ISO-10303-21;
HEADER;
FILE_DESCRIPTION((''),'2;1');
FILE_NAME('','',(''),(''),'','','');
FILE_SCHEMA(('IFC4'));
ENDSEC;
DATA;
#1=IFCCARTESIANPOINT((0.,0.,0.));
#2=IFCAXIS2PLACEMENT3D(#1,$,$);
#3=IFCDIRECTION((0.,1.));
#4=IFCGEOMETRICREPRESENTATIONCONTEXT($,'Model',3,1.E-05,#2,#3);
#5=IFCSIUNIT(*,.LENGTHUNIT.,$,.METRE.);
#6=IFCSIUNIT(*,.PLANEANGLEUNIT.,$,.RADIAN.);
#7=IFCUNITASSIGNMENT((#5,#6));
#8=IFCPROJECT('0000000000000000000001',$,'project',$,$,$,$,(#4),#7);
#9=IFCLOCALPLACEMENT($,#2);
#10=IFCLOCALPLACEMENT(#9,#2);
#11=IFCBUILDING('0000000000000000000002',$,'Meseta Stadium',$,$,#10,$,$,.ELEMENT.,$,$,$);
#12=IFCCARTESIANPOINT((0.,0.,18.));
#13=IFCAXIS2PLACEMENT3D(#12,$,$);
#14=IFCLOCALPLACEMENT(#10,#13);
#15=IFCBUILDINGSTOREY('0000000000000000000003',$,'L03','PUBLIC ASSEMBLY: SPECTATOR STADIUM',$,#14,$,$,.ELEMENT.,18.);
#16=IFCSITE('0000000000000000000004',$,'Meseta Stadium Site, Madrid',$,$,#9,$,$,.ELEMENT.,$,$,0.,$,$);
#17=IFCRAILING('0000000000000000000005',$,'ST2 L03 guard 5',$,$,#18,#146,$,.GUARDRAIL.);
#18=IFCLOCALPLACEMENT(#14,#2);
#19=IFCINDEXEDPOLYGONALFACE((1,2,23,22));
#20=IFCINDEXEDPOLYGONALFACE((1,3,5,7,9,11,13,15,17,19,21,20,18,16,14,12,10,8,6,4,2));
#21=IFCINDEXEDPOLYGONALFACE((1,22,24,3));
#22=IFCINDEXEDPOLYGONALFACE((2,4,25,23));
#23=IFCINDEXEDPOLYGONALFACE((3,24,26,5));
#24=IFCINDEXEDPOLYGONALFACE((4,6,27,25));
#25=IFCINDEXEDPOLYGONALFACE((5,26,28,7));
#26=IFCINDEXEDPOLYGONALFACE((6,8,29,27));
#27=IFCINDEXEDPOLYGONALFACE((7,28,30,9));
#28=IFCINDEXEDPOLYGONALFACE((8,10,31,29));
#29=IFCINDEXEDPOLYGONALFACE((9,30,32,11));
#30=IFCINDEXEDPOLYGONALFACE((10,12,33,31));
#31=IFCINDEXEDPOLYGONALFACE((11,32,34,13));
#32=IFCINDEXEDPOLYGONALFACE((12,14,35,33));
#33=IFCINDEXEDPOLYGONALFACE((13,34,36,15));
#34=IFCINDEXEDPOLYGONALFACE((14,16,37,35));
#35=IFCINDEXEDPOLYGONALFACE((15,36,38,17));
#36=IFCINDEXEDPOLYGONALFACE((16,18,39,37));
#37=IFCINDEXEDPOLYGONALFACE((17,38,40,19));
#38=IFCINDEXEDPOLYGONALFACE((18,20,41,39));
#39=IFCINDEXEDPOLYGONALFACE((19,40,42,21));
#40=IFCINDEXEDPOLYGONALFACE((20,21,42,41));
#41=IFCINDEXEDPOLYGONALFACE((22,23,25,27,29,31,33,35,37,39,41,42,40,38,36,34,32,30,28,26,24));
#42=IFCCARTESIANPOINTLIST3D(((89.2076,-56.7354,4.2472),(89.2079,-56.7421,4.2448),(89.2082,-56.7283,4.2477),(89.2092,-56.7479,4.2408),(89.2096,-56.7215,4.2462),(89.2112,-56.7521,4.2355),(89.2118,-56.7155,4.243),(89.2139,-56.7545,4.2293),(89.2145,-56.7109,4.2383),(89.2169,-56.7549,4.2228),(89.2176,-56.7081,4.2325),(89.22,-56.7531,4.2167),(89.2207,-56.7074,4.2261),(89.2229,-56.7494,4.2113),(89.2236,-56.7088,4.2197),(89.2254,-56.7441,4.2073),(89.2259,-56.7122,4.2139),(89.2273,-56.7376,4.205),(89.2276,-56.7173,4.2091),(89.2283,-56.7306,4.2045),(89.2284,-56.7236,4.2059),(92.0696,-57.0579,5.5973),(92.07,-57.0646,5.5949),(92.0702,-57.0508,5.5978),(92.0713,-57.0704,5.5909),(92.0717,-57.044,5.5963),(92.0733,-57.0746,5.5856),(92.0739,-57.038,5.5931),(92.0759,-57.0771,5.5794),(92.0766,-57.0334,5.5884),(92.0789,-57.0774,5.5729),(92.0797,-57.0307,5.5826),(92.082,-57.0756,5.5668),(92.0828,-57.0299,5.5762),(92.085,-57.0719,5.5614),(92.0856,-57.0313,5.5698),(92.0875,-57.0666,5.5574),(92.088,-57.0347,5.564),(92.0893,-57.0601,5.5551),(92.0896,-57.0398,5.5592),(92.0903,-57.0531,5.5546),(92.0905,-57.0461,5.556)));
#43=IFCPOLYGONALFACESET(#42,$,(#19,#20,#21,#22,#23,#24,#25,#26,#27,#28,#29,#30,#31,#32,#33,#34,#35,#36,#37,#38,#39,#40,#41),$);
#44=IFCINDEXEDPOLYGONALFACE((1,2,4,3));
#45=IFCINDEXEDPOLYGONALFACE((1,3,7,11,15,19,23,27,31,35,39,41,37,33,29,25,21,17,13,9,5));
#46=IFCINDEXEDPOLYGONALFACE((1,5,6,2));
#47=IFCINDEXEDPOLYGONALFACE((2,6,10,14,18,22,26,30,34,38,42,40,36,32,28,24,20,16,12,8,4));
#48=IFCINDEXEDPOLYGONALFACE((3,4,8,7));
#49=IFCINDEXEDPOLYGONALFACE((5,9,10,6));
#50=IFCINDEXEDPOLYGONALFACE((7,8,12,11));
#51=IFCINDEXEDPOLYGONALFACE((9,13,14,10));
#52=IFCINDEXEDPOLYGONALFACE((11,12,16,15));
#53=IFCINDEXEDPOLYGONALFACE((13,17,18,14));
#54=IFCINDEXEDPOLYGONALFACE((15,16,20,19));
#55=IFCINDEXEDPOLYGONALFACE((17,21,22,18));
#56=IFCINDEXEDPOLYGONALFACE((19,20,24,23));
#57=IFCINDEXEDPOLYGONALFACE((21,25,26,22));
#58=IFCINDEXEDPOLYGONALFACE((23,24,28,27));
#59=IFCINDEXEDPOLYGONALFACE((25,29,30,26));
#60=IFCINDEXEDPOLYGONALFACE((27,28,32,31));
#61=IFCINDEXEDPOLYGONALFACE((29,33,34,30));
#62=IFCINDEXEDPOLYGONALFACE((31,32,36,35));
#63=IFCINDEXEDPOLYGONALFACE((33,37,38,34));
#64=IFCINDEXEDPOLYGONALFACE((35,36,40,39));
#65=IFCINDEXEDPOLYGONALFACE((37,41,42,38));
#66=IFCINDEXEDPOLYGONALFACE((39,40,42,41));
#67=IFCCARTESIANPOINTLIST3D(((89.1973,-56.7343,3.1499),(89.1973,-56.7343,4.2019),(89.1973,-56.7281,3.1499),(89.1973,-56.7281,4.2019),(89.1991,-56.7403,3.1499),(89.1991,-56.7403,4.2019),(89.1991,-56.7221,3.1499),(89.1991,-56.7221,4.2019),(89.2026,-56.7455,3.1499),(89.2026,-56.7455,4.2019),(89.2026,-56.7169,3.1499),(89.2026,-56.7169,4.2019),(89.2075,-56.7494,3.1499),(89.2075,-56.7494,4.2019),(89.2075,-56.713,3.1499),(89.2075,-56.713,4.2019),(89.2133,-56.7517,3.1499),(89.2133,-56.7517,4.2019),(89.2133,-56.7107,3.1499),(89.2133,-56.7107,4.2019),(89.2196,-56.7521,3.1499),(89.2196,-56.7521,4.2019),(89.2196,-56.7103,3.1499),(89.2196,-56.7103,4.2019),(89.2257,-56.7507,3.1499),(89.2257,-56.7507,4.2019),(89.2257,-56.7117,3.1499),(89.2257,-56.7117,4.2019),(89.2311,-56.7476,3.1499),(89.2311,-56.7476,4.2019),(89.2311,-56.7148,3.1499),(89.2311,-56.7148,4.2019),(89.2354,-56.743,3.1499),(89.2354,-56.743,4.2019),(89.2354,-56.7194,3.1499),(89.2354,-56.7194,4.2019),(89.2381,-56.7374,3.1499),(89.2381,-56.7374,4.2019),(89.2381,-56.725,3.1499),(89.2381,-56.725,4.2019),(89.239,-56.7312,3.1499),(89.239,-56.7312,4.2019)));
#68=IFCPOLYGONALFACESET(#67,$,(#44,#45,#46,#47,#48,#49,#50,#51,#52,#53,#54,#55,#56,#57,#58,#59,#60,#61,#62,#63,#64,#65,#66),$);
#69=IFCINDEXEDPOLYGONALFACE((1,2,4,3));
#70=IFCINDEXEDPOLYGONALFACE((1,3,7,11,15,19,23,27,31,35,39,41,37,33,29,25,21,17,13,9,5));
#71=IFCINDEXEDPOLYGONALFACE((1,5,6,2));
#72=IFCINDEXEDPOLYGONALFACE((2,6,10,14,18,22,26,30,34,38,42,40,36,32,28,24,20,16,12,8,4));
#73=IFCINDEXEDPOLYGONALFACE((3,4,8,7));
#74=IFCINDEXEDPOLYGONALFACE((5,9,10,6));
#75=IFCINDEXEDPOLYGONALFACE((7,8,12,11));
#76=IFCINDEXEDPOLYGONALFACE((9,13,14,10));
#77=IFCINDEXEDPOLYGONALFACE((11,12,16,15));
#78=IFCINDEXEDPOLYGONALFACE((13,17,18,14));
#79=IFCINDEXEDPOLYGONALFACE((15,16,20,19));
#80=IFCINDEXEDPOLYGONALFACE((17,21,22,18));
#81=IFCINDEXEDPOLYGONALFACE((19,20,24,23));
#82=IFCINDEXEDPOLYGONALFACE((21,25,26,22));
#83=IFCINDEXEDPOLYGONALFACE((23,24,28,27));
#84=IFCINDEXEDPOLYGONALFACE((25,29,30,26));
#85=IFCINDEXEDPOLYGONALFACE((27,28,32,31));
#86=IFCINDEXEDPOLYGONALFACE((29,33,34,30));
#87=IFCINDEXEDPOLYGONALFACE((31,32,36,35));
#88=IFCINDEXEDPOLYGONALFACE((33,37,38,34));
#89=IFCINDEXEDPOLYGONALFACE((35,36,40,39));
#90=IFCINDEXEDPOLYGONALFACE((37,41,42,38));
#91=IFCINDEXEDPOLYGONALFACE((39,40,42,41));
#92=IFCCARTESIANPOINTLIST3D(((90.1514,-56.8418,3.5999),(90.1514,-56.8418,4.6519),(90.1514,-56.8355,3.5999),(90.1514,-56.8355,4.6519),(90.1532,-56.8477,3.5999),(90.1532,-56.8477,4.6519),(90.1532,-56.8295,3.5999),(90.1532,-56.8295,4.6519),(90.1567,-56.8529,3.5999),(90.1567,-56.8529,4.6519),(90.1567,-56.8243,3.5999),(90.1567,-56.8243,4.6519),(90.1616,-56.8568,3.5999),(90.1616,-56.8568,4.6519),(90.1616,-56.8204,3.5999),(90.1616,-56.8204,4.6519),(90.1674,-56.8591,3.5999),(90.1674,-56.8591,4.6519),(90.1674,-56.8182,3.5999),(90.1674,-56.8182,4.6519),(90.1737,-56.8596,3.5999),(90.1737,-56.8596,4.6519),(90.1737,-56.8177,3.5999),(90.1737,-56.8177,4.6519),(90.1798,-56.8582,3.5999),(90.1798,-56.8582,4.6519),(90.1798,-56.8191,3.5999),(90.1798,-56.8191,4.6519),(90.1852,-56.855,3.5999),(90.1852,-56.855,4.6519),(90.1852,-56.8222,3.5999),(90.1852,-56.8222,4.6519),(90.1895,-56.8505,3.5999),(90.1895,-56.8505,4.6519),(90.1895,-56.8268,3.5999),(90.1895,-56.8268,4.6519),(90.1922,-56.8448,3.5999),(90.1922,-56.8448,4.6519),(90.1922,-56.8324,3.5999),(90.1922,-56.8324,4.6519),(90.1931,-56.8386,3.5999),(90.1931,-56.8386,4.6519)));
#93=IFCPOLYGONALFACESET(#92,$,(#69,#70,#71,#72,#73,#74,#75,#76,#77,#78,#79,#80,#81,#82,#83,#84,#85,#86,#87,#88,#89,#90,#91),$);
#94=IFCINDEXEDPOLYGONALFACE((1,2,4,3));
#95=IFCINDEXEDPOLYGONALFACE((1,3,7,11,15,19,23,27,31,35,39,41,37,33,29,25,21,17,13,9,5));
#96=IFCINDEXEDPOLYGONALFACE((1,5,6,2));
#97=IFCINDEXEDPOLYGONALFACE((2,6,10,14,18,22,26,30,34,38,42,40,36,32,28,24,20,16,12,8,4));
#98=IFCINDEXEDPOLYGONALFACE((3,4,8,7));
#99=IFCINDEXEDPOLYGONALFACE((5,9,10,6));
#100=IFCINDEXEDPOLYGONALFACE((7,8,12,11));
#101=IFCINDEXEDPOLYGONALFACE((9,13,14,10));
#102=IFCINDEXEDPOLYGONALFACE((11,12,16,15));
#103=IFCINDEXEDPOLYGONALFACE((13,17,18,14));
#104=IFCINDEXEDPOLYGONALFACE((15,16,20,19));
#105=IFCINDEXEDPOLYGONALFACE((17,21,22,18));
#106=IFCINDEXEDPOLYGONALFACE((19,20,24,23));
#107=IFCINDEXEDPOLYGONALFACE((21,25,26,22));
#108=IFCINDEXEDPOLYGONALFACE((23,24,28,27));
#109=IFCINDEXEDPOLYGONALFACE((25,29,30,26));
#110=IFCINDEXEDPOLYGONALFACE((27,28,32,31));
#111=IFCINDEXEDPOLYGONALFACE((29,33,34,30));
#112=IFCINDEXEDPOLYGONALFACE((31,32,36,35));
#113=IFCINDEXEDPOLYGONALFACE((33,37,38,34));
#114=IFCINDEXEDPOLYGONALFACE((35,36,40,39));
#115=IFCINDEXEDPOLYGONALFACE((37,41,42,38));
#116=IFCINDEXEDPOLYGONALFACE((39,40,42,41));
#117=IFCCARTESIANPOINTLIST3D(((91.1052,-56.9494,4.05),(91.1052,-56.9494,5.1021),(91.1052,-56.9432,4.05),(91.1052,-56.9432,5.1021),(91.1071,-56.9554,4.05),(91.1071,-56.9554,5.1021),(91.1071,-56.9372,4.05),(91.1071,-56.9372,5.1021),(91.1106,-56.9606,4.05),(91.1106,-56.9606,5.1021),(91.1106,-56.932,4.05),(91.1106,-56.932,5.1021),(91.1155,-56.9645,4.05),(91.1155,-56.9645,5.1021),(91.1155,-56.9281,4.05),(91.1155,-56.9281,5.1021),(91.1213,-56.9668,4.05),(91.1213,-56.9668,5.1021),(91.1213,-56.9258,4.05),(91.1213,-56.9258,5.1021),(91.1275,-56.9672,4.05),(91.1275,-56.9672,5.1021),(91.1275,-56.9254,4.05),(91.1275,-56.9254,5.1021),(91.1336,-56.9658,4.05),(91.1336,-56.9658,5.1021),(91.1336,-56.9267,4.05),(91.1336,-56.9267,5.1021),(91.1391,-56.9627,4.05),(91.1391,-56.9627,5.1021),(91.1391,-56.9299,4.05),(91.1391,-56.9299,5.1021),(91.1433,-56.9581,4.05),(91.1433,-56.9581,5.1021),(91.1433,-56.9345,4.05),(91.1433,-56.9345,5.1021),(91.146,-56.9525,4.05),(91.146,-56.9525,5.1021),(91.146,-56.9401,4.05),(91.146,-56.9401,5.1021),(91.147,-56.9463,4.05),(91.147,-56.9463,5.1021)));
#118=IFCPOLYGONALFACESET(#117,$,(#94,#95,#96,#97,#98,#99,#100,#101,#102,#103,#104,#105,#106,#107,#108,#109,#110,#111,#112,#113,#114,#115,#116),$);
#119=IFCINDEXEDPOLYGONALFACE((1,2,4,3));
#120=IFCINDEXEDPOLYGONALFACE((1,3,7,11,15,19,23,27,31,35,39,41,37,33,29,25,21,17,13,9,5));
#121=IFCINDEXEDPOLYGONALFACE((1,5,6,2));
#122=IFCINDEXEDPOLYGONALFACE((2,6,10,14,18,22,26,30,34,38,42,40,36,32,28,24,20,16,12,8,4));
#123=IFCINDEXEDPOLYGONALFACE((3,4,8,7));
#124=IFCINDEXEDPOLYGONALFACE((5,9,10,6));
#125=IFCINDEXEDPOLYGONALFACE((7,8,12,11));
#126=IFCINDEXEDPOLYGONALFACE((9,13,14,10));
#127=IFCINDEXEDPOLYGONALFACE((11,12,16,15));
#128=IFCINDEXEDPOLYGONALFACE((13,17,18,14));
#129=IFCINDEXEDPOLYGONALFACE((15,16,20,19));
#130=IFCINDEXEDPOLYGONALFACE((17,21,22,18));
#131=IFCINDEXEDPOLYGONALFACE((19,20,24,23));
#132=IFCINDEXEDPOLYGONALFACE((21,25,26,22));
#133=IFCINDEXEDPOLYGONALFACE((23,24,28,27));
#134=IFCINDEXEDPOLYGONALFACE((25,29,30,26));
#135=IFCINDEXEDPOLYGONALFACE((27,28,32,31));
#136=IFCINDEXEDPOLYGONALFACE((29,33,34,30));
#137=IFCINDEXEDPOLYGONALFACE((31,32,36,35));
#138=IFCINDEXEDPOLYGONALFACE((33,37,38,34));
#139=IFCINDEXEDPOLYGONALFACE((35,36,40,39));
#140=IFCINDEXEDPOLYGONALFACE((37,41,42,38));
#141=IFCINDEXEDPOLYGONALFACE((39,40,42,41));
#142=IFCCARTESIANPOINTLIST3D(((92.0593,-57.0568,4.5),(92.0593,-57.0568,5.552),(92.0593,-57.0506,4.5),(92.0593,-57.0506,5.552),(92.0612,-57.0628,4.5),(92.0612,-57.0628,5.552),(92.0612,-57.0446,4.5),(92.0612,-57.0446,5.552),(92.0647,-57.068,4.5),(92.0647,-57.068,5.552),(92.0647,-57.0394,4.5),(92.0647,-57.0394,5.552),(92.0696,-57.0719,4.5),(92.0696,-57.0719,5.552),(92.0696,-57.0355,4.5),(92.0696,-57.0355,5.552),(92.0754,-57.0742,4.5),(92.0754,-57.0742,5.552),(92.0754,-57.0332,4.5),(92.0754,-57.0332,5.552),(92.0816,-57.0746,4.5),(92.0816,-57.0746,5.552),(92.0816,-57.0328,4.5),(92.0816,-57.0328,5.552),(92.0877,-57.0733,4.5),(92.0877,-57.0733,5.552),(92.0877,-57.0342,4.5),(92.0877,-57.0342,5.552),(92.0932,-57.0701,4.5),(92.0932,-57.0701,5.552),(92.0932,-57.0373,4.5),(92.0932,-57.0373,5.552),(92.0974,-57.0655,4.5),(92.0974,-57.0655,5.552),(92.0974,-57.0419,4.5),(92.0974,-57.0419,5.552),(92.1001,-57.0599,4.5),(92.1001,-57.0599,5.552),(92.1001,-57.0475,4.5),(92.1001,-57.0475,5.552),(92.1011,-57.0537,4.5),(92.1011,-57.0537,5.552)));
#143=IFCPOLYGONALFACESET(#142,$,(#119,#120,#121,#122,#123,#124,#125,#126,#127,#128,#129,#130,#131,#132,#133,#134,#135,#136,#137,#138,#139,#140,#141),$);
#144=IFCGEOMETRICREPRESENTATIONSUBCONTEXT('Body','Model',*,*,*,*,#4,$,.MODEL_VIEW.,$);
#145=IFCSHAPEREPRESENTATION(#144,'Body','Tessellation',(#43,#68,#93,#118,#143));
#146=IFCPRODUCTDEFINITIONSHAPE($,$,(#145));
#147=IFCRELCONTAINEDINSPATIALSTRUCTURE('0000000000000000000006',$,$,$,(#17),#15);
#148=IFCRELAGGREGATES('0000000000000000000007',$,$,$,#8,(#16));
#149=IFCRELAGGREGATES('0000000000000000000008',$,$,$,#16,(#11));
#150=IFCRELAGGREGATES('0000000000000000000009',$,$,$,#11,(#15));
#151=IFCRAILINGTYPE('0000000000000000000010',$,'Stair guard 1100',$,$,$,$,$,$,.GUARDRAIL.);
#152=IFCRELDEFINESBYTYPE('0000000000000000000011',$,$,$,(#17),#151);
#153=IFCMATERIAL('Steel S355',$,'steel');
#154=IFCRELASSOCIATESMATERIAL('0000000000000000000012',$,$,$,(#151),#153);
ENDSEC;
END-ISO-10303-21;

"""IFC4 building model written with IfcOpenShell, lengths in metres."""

from ifc_helpers import new_model, si_unit, direction, frame, origin, origin_2d, place, context, subcontext, project, spatial, circle, extrude, material, type_object, element, save


model = new_model("IFC4")

# Units and contexts
model_context = context("Model", 3, precision=1e-05, world=origin(), true_north=direction((0.0, 1.0)))
body_context = subcontext(model_context, "Body", "Model", "MODEL_VIEW")
ifc_project = project(units=[si_unit("LENGTHUNIT", "METRE"), si_unit("PLANEANGLEUNIT", "RADIAN")], contexts=[model_context])

# Site, building, storey
site_placement = place(None, origin())
site = spatial("IfcSite", under=ifc_project, at=site_placement, Name="Meseta Stadium Site, Madrid", CompositionType="ELEMENT", RefElevation=0.0)
building_placement = place(site_placement, origin())
building = spatial("IfcBuilding", under=site, at=building_placement, Name="Meseta Stadium", CompositionType="ELEMENT")
storey_placement = place(building_placement, frame((0.0, 0.0, 18.0)))
storey = spatial("IfcBuildingStorey", under=building, at=storey_placement, Name="L03", Description="PUBLIC ASSEMBLY: SPECTATOR STADIUM", CompositionType="ELEMENT", Elevation=18.0)

# Railing
ifc_material_1 = material(Name="Steel S355", Category="steel")
railing_type = type_object("IfcRailingType", Name="Stair guard 1100", PredefinedType="GUARDRAIL", material=ifc_material_1)
railing_1_placement = place(storey_placement, frame((89.218, -56.7312, 3.1499)))
element("IfcRailing", 1, at=railing_1_placement, inside=storey, type_object=railing_type, Name="ST2 L03 guard 5", PredefinedType="GUARDRAIL", context=body_context, shape_type="SweptSolid", body=[
    extrude(circle(Radius=0.0239, at=origin_2d()), frame((0.0, 0.0, 1.0762), z_axis=(0.899763, -0.101389, 0.424438), x_axis=(0.111976, 0.993711, 0.0)), (0.0, 0.0, 1.0), 3.1809),
    extrude(circle(Radius=0.021, at=origin_2d()), origin(), (0.0, 0.0, 1.0), 1.052),
    extrude(circle(Radius=0.021, at=origin_2d()), frame((0.9541, -0.1074, 0.45)), (0.0, 0.0, 1.0), 1.052),
    extrude(circle(Radius=0.021, at=origin_2d()), frame((1.908, -0.2151, 0.9001)), (0.0, 0.0, 1.0), 1.052),
    extrude(circle(Radius=0.021, at=origin_2d()), frame((2.8621, -0.3225, 1.3501)), (0.0, 0.0, 1.0), 1.052),
])

save(model, "model.ifc")
